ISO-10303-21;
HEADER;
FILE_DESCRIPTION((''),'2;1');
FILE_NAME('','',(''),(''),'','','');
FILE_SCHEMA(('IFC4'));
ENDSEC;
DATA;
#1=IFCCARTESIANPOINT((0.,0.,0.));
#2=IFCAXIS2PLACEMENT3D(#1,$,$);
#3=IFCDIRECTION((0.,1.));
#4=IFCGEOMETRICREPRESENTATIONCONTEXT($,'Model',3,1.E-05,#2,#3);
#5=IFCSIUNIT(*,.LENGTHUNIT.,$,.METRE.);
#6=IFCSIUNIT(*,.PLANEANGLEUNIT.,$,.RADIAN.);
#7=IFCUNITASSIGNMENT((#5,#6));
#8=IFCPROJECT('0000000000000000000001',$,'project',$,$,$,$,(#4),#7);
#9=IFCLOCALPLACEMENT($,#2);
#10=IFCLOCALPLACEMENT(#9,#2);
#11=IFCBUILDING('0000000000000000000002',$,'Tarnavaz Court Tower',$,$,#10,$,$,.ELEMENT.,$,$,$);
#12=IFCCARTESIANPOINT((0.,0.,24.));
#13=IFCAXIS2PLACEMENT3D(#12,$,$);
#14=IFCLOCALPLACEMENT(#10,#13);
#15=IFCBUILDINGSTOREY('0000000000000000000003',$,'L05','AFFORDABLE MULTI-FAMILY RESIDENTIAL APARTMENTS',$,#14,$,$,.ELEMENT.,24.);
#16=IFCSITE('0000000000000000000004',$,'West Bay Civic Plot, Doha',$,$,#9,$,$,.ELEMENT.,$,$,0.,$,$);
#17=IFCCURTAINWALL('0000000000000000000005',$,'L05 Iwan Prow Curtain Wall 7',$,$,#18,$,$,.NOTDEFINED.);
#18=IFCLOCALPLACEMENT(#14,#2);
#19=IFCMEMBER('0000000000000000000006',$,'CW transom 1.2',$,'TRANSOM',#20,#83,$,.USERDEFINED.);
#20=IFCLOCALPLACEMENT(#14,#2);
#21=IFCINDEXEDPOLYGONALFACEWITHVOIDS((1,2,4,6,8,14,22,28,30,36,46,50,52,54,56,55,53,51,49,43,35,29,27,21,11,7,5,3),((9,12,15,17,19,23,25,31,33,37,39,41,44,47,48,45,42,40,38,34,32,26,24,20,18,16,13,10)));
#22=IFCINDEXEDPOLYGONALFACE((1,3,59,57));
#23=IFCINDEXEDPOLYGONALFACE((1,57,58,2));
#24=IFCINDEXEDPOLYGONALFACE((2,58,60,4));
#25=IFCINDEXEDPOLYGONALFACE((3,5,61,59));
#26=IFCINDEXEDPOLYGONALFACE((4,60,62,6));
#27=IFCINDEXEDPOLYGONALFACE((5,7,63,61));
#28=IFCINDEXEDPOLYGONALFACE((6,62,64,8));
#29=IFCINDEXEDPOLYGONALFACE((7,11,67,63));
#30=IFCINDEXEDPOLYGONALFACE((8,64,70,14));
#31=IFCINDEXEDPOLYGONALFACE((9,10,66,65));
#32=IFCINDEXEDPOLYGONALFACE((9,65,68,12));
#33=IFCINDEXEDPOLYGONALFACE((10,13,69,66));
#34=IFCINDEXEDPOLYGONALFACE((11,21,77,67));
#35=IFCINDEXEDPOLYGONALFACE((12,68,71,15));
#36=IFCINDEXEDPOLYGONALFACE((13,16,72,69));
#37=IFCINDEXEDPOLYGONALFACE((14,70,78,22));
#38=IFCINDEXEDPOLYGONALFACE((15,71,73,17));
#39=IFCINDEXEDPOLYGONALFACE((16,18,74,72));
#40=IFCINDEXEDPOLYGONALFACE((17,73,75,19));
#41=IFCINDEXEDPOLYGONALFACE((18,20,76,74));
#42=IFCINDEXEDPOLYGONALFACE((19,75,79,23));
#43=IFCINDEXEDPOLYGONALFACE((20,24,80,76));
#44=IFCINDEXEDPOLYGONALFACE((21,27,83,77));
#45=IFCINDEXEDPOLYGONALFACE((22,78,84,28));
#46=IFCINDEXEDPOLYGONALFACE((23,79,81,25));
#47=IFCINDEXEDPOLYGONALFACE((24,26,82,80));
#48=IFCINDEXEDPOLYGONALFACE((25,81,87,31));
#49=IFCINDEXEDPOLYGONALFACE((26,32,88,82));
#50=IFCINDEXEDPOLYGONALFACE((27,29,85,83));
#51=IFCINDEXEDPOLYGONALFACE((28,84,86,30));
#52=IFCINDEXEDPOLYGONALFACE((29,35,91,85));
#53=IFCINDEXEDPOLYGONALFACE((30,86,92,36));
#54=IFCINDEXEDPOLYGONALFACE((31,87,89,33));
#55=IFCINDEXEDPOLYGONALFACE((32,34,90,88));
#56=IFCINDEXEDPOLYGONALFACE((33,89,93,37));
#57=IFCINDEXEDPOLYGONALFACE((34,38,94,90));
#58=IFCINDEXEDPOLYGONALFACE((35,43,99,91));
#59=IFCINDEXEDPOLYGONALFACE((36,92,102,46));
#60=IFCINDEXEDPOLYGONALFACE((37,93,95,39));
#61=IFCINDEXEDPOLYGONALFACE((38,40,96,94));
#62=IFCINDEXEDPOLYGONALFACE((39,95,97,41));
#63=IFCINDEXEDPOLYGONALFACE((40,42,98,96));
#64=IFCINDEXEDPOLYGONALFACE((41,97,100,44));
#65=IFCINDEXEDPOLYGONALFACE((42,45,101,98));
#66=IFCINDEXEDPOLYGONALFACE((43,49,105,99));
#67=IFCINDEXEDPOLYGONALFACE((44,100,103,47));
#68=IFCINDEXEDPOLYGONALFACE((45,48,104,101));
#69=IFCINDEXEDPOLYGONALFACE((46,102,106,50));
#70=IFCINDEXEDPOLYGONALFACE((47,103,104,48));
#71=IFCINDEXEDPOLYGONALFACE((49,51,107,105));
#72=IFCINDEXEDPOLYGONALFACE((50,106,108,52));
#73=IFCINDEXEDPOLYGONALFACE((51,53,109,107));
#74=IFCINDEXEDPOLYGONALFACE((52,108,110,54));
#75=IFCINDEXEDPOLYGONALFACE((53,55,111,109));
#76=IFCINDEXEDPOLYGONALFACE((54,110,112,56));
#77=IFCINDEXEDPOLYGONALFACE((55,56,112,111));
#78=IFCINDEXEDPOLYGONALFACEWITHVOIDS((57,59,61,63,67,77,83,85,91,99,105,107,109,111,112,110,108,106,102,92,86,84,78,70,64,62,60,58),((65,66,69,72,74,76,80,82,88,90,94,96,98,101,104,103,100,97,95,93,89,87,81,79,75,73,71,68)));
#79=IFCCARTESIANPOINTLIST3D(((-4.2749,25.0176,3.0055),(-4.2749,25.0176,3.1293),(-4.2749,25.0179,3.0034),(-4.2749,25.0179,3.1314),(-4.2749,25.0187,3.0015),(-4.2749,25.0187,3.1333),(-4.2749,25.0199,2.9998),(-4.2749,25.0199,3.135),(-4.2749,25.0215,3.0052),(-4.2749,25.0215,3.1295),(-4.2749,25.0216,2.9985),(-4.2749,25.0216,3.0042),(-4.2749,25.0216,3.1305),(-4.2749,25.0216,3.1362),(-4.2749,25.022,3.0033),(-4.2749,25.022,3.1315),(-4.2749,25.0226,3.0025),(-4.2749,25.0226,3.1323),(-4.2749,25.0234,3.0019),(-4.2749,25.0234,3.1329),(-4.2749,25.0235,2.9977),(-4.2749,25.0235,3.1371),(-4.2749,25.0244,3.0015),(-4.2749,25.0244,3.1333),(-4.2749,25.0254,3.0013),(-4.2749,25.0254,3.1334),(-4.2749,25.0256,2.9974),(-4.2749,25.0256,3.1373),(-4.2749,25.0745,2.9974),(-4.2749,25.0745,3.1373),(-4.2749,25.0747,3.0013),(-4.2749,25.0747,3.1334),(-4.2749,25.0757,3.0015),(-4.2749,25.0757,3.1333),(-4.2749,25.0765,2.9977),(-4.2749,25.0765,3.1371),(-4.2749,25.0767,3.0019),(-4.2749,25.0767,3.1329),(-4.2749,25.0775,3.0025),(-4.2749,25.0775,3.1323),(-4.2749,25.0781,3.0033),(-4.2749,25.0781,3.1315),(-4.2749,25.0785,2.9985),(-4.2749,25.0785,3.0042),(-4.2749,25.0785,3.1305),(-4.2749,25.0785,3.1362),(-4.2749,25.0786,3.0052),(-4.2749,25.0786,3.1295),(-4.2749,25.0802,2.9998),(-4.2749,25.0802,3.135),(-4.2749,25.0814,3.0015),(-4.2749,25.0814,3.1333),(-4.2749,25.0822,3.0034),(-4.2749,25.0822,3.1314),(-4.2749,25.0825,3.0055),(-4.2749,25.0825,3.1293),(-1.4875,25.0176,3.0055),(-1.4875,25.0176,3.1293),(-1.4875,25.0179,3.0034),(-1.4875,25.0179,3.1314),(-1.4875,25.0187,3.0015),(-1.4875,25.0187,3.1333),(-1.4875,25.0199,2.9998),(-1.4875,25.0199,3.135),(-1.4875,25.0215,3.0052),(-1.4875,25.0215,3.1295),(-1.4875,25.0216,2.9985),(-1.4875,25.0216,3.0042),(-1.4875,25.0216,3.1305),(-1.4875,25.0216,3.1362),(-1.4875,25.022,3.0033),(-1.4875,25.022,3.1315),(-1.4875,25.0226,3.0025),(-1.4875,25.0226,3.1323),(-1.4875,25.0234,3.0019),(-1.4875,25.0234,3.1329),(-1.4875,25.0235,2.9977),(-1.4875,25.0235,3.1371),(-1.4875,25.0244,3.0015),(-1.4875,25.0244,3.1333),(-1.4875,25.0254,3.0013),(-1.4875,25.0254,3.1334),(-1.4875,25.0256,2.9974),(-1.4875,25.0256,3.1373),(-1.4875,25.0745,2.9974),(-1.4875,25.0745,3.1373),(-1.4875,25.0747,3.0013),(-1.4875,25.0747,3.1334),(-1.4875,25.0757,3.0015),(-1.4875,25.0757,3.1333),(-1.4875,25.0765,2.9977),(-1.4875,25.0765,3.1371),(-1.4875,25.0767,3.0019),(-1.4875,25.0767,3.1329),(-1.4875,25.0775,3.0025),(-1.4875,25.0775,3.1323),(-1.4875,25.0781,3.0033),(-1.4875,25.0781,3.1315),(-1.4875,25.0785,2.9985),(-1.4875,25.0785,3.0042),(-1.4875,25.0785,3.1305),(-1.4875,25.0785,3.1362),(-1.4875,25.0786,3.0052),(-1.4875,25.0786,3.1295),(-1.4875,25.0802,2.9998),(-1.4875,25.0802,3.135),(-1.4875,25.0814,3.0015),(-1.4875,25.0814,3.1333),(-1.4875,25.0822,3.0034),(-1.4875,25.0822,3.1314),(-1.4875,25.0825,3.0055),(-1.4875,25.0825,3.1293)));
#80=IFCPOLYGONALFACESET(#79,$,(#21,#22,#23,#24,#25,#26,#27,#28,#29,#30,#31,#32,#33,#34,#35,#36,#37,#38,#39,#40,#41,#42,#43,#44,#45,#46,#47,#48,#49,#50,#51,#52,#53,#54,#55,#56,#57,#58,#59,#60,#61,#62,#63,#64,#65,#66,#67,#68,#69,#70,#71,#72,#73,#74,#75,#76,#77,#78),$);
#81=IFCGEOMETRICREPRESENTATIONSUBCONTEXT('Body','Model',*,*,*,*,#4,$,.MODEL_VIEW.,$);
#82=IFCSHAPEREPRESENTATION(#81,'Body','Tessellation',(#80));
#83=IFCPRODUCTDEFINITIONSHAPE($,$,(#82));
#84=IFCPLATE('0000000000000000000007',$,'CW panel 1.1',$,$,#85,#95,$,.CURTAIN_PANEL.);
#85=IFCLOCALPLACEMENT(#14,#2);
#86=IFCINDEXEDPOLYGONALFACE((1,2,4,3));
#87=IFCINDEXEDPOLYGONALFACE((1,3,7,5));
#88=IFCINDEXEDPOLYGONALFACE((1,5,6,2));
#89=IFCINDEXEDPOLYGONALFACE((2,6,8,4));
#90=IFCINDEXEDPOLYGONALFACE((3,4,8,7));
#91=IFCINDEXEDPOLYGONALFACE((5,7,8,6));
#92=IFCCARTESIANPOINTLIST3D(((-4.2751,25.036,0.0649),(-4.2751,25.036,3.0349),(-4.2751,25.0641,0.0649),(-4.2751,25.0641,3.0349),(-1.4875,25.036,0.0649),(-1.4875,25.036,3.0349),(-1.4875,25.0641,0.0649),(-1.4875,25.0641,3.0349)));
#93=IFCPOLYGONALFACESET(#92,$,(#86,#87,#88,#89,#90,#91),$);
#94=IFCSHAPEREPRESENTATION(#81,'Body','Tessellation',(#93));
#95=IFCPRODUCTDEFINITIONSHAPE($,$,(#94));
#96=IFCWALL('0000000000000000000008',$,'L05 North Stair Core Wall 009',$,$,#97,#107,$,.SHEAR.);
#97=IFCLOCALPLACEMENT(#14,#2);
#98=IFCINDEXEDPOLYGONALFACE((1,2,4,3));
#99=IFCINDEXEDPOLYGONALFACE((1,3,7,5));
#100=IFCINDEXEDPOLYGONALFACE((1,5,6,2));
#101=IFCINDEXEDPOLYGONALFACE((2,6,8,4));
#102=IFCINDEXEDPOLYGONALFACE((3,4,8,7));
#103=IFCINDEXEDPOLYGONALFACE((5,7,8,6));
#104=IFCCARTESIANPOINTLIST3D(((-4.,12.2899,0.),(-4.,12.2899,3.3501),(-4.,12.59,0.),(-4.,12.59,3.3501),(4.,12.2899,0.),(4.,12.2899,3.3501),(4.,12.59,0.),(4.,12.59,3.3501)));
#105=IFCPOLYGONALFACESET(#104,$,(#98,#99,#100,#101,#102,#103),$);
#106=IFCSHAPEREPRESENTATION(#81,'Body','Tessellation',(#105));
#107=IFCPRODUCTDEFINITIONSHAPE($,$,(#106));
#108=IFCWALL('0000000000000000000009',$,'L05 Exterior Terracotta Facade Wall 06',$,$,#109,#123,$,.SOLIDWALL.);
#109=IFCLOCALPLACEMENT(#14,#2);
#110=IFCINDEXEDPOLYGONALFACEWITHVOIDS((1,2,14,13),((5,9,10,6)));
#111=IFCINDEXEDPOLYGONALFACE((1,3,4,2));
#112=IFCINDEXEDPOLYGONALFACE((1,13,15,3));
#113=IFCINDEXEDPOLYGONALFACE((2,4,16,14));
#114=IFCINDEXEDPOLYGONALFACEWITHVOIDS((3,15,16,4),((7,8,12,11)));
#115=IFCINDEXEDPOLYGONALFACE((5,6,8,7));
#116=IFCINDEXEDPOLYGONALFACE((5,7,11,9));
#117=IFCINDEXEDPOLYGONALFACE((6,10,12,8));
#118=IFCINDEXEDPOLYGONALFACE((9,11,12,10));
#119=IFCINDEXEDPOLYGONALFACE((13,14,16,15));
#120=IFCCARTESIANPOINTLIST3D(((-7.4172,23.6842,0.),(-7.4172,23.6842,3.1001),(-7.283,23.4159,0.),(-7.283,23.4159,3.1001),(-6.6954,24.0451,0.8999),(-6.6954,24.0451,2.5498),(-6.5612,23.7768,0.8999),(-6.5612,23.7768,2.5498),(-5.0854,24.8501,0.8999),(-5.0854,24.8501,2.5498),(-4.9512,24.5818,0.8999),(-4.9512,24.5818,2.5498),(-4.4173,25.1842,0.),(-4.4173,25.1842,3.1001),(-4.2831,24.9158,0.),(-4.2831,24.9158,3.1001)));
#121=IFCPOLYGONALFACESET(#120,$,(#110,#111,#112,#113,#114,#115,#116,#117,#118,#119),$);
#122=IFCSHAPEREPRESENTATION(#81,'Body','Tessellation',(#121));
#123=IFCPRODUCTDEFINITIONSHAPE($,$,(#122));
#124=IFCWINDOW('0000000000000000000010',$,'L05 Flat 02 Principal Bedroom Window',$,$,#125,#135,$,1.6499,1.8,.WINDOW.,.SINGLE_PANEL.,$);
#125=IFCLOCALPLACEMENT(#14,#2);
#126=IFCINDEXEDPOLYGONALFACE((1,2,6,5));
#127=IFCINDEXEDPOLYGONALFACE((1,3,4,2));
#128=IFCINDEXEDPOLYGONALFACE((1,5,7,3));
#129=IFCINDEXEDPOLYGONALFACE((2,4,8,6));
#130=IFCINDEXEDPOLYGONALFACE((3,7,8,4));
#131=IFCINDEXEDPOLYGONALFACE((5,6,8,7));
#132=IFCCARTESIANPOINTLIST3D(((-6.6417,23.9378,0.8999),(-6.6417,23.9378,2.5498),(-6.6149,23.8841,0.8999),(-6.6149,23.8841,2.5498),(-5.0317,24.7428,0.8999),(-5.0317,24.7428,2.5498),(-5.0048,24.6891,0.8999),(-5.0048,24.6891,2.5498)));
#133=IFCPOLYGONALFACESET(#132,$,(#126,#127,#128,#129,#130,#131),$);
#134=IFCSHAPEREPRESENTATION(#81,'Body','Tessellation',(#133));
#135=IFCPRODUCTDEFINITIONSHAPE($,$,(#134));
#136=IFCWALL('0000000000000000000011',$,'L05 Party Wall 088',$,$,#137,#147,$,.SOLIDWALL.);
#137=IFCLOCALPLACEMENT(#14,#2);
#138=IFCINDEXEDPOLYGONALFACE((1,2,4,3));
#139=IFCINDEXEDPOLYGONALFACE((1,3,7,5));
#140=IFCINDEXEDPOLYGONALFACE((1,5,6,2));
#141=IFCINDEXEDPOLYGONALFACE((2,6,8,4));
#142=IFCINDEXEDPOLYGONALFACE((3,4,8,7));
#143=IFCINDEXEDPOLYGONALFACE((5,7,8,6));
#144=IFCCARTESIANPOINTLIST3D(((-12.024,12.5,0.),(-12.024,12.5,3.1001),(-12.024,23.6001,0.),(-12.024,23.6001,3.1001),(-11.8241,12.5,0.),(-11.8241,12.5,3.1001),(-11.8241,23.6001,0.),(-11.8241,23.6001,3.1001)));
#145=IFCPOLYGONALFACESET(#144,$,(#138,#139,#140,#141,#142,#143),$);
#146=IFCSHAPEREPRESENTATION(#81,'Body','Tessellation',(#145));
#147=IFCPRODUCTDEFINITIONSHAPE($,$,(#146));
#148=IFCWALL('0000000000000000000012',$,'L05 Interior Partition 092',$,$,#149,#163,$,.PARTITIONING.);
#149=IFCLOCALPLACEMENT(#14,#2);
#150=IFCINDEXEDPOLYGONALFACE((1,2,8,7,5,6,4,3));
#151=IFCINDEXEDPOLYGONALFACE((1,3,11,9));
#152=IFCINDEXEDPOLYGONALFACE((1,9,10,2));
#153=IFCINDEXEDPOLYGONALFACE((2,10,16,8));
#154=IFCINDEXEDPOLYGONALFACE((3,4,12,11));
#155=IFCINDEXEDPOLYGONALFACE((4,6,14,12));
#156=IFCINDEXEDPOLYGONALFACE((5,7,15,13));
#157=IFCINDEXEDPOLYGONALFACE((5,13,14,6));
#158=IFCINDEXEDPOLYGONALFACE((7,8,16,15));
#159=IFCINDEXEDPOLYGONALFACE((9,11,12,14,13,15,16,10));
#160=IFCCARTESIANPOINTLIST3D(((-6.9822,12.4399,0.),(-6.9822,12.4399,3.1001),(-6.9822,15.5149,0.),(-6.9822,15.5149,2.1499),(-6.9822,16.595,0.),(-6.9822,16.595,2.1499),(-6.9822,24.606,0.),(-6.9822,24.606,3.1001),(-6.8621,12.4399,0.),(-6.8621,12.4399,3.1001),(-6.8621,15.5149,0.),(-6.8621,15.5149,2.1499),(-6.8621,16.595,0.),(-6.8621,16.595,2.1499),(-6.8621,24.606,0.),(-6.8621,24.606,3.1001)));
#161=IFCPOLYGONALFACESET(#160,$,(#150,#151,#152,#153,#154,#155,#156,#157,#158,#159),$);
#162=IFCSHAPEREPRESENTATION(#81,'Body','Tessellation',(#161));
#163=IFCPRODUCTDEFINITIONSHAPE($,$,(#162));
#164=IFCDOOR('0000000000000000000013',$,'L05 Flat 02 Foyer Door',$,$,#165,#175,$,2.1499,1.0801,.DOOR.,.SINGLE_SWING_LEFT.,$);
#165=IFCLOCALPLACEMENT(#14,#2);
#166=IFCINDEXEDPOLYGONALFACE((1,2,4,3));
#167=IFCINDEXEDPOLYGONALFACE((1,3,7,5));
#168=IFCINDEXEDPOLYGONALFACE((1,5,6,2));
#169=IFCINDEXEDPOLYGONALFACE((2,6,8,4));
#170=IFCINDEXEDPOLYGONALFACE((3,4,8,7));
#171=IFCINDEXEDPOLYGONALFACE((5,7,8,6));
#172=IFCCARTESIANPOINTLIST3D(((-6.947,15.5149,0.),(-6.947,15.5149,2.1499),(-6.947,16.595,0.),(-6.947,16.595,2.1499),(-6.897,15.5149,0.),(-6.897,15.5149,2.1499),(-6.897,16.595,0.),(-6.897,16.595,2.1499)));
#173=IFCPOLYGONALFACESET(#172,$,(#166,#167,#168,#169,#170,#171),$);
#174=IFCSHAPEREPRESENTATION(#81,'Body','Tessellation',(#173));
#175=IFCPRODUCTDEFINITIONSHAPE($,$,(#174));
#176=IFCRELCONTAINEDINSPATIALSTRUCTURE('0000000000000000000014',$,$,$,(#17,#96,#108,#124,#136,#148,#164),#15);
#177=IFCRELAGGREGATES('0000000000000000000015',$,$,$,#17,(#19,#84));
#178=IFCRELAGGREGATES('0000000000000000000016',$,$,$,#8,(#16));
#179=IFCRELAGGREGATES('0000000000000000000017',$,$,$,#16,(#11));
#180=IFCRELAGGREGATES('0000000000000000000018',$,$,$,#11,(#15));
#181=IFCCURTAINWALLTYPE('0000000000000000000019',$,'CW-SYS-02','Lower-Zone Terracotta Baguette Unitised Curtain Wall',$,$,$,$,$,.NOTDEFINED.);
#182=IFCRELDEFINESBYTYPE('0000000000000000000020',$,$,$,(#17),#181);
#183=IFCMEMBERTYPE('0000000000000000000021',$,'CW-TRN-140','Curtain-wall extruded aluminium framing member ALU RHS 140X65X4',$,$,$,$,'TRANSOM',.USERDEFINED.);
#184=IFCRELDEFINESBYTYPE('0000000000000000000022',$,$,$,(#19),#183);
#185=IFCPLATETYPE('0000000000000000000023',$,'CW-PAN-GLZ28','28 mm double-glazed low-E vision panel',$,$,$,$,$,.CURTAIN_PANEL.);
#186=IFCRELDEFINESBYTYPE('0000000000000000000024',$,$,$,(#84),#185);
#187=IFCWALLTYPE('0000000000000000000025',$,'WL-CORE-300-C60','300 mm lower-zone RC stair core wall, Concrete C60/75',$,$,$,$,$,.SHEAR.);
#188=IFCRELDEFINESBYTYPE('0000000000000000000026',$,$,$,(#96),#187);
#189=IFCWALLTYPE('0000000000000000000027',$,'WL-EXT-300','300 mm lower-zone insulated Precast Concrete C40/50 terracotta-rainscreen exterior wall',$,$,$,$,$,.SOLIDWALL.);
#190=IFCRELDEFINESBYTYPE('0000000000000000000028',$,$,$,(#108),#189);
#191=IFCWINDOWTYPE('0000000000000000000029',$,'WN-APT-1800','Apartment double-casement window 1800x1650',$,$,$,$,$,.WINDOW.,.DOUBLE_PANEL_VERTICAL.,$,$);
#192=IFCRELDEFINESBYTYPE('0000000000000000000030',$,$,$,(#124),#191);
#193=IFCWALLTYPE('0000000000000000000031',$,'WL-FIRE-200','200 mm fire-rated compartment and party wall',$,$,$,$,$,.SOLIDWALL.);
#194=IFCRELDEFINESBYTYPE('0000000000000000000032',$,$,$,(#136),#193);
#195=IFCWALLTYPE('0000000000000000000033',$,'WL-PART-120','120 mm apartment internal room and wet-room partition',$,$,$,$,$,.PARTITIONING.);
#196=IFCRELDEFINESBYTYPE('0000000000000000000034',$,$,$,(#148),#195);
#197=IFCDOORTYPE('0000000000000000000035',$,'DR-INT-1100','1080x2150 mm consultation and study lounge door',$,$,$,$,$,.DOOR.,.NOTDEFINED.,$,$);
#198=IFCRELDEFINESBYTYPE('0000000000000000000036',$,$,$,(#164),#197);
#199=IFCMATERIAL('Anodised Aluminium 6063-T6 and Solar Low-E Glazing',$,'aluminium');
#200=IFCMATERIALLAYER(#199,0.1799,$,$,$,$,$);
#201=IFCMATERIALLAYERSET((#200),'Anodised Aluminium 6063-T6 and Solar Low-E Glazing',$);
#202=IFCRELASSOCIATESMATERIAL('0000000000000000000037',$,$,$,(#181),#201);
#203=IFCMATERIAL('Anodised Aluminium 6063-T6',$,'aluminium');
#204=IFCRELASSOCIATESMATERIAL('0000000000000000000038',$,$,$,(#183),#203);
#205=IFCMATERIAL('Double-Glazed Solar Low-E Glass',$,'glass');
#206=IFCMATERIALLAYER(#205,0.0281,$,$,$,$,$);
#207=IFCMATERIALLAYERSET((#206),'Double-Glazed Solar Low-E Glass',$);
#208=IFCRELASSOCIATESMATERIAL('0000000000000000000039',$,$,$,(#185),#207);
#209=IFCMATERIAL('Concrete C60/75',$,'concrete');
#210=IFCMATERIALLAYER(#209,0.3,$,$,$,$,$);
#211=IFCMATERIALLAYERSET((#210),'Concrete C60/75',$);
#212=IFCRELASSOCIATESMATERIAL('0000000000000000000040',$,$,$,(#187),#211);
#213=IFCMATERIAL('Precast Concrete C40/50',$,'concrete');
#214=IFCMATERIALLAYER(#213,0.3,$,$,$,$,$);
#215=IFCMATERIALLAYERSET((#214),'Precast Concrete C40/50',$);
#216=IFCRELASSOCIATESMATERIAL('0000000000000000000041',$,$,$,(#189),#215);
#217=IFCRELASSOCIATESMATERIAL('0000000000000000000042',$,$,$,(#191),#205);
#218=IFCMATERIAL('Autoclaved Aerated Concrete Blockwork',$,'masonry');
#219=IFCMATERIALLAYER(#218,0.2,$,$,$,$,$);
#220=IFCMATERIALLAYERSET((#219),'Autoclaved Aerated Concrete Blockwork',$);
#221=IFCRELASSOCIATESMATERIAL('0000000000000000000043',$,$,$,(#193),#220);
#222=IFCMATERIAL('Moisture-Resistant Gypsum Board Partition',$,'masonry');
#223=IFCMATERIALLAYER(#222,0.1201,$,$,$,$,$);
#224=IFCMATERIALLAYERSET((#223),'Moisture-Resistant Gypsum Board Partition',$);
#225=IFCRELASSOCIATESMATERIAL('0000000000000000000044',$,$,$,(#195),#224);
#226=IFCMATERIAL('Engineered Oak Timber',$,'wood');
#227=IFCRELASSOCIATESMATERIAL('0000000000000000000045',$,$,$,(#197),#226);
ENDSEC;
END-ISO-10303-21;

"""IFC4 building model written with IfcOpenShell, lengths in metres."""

from ifc_helpers import new_model, si_unit, direction, frame, frame_2d, origin, origin_2d, place, context, subcontext, project, spatial, rectangle, hollow_rectangle, extrude, material, layer, layer_set, material_profile, profile_set, type_object, element, fill, aggregate, save


model = new_model("IFC4")

# Units and contexts
model_context = context("Model", 3, precision=1e-05, world=origin(), true_north=direction((0.0, 1.0)))
body_context = subcontext(model_context, "Body", "Model", "MODEL_VIEW")
ifc_project = project(units=[si_unit("LENGTHUNIT", "METRE"), si_unit("PLANEANGLEUNIT", "RADIAN")], contexts=[model_context])

# Site, building, storey
site_placement = place(None, origin())
site = spatial("IfcSite", under=ifc_project, at=site_placement, Name="West Bay Civic Plot, Doha", CompositionType="ELEMENT", RefElevation=0.0)
building_placement = place(site_placement, origin())
building = spatial("IfcBuilding", under=site, at=building_placement, Name="Tarnavaz Court Tower", CompositionType="ELEMENT")
storey_placement = place(building_placement, frame((0.0, 0.0, 24.0)))
storey = spatial("IfcBuildingStorey", under=building, at=storey_placement, Name="L05", Description="AFFORDABLE MULTI-FAMILY RESIDENTIAL APARTMENTS", CompositionType="ELEMENT", Elevation=24.0)

# Shared definitions
ifc_material_1 = material(Name="Concrete C60/75", Category="concrete")

# Curtain wall, member, plate
ifc_material_2 = material(Name="Anodised Aluminium 6063-T6 and Solar Low-E Glazing", Category="aluminium")
ifc_layer_1 = layer(ifc_material_2, 0.1799)
ifc_layer_set_1 = layer_set([ifc_layer_1], Name="Anodised Aluminium 6063-T6 and Solar Low-E Glazing")
curtain_wall_type = type_object("IfcCurtainWallType", Name="CW-SYS-02", Description="Lower-Zone Terracotta Baguette Unitised Curtain Wall", PredefinedType="NOTDEFINED", material=ifc_layer_set_1)
curtain_wall_placement = place(storey_placement, origin())
curtain_wall = element("IfcCurtainWall", 1, at=curtain_wall_placement, inside=storey, type_object=curtain_wall_type, Name="L05 Iwan Prow Curtain Wall 7", PredefinedType="NOTDEFINED")
ifc_material_3 = material(Name="Anodised Aluminium 6063-T6", Category="aluminium")
ifc_material_profile_1 = material_profile(ifc_material_3, hollow_rectangle(XDim=0.0649, YDim=0.1399, WallThickness=0.0039, InnerFilletRadius=0.0039, OuterFilletRadius=0.0081, at=origin_2d()), Name="ALU RHS 140X65X4")
ifc_profile_set_1 = profile_set([ifc_material_profile_1], Name="Anodised Aluminium 6063-T6")
member_type_1 = type_object("IfcMemberType", Name="CW-TRN-140", Description="Curtain-wall extruded aluminium framing member ALU RHS 140X65X4", ElementType="TRANSOM", PredefinedType="USERDEFINED", material=ifc_profile_set_1)
member_1_placement = place(storey_placement, frame((-4.2749, 25.05, 3.0674), z_axis=(1.0, 0.0, 0.0), x_axis=(0.0, 1.0, 0.0)))
member_1 = element("IfcMember", 2, at=member_1_placement, type_object=member_type_1, Name="CW transom 1.2", ObjectType="TRANSOM", PredefinedType="USERDEFINED", context=body_context, shape_type="SweptSolid", body=[
    extrude(hollow_rectangle(XDim=0.0649, YDim=0.1399, WallThickness=0.0039, InnerFilletRadius=0.0039, OuterFilletRadius=0.0081, at=origin_2d()), origin(), (0.0, 0.0, 1.0), 2.7874),
])
ifc_material_4 = material(Name="Double-Glazed Solar Low-E Glass", Category="glass")
ifc_layer_2 = layer(ifc_material_4, 0.0281)
ifc_layer_set_2 = layer_set([ifc_layer_2], Name="Double-Glazed Solar Low-E Glass")
plate_type = type_object("IfcPlateType", Name="CW-PAN-GLZ28", Description="28 mm double-glazed low-E vision panel", PredefinedType="CURTAIN_PANEL", material=ifc_layer_set_2)
plate_placement = place(storey_placement, frame((-2.8813, 25.05, 0.0649), z_axis=(0.0, 0.0, 1.0), x_axis=(1.0, 0.0, 0.0)))
plate = element("IfcPlate", 3, at=plate_placement, type_object=plate_type, Name="CW panel 1.1", PredefinedType="CURTAIN_PANEL", context=body_context, shape_type="SweptSolid", body=[
    extrude(rectangle(XDim=2.7876, YDim=0.0281, at=origin_2d()), origin(), (0.0, 0.0, 1.0), 2.97),
])
aggregate(curtain_wall, [member_1, plate])

# Wall
ifc_layer_3 = layer(ifc_material_1, 0.3)
ifc_layer_set_3 = layer_set([ifc_layer_3], Name="Concrete C60/75")
wall_type_1 = type_object("IfcWallType", Name="WL-CORE-300-C60", Description="300 mm lower-zone RC stair core wall, Concrete C60/75", PredefinedType="SHEAR", material=ifc_layer_set_3)
wall_1_placement = place(storey_placement, frame((-4.0, 12.4399, 0.0), z_axis=(0.0, 0.0, 1.0), x_axis=(1.0, 0.0, 0.0)))
element("IfcWall", 4, at=wall_1_placement, inside=storey, type_object=wall_type_1, Name="L05 North Stair Core Wall 009", PredefinedType="SHEAR", context=body_context, shape_type="SweptSolid", body=[
    extrude(rectangle(XDim=8.0, YDim=0.3, at=frame_2d((4.0, 0.0))), origin(), (0.0, 0.0, 1.0), 3.3501),
])

# Wall, opening, window
ifc_material_5 = material(Name="Precast Concrete C40/50", Category="concrete")
ifc_layer_4 = layer(ifc_material_5, 0.3)
ifc_layer_set_4 = layer_set([ifc_layer_4], Name="Precast Concrete C40/50")
wall_type_2 = type_object("IfcWallType", Name="WL-EXT-300", Description="300 mm lower-zone insulated Precast Concrete C40/50 terracotta-rainscreen exterior wall", PredefinedType="SOLIDWALL", material=ifc_layer_set_4)
wall_2_placement = place(storey_placement, frame((-7.3501, 23.55, 0.0), z_axis=(0.0, 0.0, 1.0), x_axis=(0.894427, 0.447214, 0.0)))
wall_2 = element("IfcWall", 5, at=wall_2_placement, inside=storey, type_object=wall_type_2, Name="L05 Exterior Terracotta Facade Wall 06", PredefinedType="SOLIDWALL", context=body_context, shape_type="SweptSolid", body=[
    extrude(rectangle(XDim=3.354, YDim=0.3, at=frame_2d((1.677, 0.0))), origin(), (0.0, 0.0, 1.0), 3.1001),
])
opening_1_placement = place(wall_2_placement, frame((0.8071, 0.0, 0.8999)))
opening_1 = element("IfcOpeningElement", 6, at=opening_1_placement, cuts=wall_2, PredefinedType="OPENING", context=body_context, shape_type="SweptSolid", body=[
    extrude(rectangle(XDim=1.8, YDim=1.6499, at=frame_2d((0.8999, 0.825))), frame((0.0, 0.1599, 0.0), z_axis=(0.0, -1.0, 0.0), x_axis=(1.0, 0.0, 0.0)), (0.0, 0.0, 1.0), 0.3201),
])
window_type = type_object("IfcWindowType", Name="WN-APT-1800", Description="Apartment double-casement window 1800x1650", PartitioningType="DOUBLE_PANEL_VERTICAL", PredefinedType="WINDOW", material=ifc_material_4)
window_placement = place(opening_1_placement, origin())
window = element("IfcWindow", 7, at=window_placement, inside=storey, type_object=window_type, Name="L05 Flat 02 Principal Bedroom Window", OverallHeight=1.6499, OverallWidth=1.8, PartitioningType="SINGLE_PANEL", PredefinedType="WINDOW", context=body_context, shape_type="SweptSolid", body=[
    extrude(rectangle(XDim=1.8, YDim=1.6499, at=frame_2d((0.8999, 0.825))), frame((0.0, 0.03, 0.0), z_axis=(0.0, -1.0, 0.0), x_axis=(1.0, 0.0, 0.0)), (0.0, 0.0, 1.0), 0.0601),
])
fill(opening_1, window)

# Wall
ifc_material_6 = material(Name="Autoclaved Aerated Concrete Blockwork", Category="masonry")
ifc_layer_5 = layer(ifc_material_6, 0.2)
ifc_layer_set_5 = layer_set([ifc_layer_5], Name="Autoclaved Aerated Concrete Blockwork")
wall_type_3 = type_object("IfcWallType", Name="WL-FIRE-200", Description="200 mm fire-rated compartment and party wall", PredefinedType="SOLIDWALL", material=ifc_layer_set_5)
wall_3_placement = place(storey_placement, frame((-11.9241, 12.5, 0.0), z_axis=(0.0, 0.0, 1.0), x_axis=(0.0, 1.0, 0.0)))
element("IfcWall", 8, at=wall_3_placement, inside=storey, type_object=wall_type_3, Name="L05 Party Wall 088", PredefinedType="SOLIDWALL", context=body_context, shape_type="SweptSolid", body=[
    extrude(rectangle(XDim=11.1001, YDim=0.2, at=frame_2d((5.55, 0.0))), origin(), (0.0, 0.0, 1.0), 3.1001),
])

# Wall, opening, door
ifc_material_7 = material(Name="Moisture-Resistant Gypsum Board Partition", Category="masonry")
ifc_layer_6 = layer(ifc_material_7, 0.1201)
ifc_layer_set_6 = layer_set([ifc_layer_6], Name="Moisture-Resistant Gypsum Board Partition")
wall_type_4 = type_object("IfcWallType", Name="WL-PART-120", Description="120 mm apartment internal room and wet-room partition", PredefinedType="PARTITIONING", material=ifc_layer_set_6)
wall_4_placement = place(storey_placement, frame((-6.9221, 12.4399, 0.0), z_axis=(0.0, 0.0, 1.0), x_axis=(0.0, 1.0, 0.0)))
wall_4 = element("IfcWall", 9, at=wall_4_placement, inside=storey, type_object=wall_type_4, Name="L05 Interior Partition 092", PredefinedType="PARTITIONING", context=body_context, shape_type="SweptSolid", body=[
    extrude(rectangle(XDim=12.166, YDim=0.1201, at=frame_2d((6.083, 0.0))), origin(), (0.0, 0.0, 1.0), 3.1001),
])
opening_2_placement = place(wall_4_placement, frame((3.075, 0.0, 0.0)))
opening_2 = element("IfcOpeningElement", 10, at=opening_2_placement, cuts=wall_4, PredefinedType="OPENING", context=body_context, shape_type="SweptSolid", body=[
    extrude(rectangle(XDim=1.0801, YDim=2.1499, at=frame_2d((0.54, 1.075))), frame((0.0, 0.0701, 0.0), z_axis=(0.0, -1.0, 0.0), x_axis=(1.0, 0.0, 0.0)), (0.0, 0.0, 1.0), 0.1401),
])
ifc_material_8 = material(Name="Engineered Oak Timber", Category="wood")
door_type_1 = type_object("IfcDoorType", Name="DR-INT-1100", Description="1080x2150 mm consultation and study lounge door", OperationType="NOTDEFINED", PredefinedType="DOOR", material=ifc_material_8)
door_1_placement = place(opening_2_placement, origin())
door_1 = element("IfcDoor", 11, at=door_1_placement, inside=storey, type_object=door_type_1, Name="L05 Flat 02 Foyer Door", OperationType="SINGLE_SWING_LEFT", OverallHeight=2.1499, OverallWidth=1.0801, PredefinedType="DOOR", context=body_context, shape_type="SweptSolid", body=[
    extrude(rectangle(XDim=1.0801, YDim=2.1499, at=frame_2d((0.54, 1.075))), frame((0.0, 0.0249, 0.0), z_axis=(0.0, -1.0, 0.0), x_axis=(1.0, 0.0, 0.0)), (0.0, 0.0, 1.0), 0.05),
])
fill(opening_2, door_1)

save(model, "model.ifc")
